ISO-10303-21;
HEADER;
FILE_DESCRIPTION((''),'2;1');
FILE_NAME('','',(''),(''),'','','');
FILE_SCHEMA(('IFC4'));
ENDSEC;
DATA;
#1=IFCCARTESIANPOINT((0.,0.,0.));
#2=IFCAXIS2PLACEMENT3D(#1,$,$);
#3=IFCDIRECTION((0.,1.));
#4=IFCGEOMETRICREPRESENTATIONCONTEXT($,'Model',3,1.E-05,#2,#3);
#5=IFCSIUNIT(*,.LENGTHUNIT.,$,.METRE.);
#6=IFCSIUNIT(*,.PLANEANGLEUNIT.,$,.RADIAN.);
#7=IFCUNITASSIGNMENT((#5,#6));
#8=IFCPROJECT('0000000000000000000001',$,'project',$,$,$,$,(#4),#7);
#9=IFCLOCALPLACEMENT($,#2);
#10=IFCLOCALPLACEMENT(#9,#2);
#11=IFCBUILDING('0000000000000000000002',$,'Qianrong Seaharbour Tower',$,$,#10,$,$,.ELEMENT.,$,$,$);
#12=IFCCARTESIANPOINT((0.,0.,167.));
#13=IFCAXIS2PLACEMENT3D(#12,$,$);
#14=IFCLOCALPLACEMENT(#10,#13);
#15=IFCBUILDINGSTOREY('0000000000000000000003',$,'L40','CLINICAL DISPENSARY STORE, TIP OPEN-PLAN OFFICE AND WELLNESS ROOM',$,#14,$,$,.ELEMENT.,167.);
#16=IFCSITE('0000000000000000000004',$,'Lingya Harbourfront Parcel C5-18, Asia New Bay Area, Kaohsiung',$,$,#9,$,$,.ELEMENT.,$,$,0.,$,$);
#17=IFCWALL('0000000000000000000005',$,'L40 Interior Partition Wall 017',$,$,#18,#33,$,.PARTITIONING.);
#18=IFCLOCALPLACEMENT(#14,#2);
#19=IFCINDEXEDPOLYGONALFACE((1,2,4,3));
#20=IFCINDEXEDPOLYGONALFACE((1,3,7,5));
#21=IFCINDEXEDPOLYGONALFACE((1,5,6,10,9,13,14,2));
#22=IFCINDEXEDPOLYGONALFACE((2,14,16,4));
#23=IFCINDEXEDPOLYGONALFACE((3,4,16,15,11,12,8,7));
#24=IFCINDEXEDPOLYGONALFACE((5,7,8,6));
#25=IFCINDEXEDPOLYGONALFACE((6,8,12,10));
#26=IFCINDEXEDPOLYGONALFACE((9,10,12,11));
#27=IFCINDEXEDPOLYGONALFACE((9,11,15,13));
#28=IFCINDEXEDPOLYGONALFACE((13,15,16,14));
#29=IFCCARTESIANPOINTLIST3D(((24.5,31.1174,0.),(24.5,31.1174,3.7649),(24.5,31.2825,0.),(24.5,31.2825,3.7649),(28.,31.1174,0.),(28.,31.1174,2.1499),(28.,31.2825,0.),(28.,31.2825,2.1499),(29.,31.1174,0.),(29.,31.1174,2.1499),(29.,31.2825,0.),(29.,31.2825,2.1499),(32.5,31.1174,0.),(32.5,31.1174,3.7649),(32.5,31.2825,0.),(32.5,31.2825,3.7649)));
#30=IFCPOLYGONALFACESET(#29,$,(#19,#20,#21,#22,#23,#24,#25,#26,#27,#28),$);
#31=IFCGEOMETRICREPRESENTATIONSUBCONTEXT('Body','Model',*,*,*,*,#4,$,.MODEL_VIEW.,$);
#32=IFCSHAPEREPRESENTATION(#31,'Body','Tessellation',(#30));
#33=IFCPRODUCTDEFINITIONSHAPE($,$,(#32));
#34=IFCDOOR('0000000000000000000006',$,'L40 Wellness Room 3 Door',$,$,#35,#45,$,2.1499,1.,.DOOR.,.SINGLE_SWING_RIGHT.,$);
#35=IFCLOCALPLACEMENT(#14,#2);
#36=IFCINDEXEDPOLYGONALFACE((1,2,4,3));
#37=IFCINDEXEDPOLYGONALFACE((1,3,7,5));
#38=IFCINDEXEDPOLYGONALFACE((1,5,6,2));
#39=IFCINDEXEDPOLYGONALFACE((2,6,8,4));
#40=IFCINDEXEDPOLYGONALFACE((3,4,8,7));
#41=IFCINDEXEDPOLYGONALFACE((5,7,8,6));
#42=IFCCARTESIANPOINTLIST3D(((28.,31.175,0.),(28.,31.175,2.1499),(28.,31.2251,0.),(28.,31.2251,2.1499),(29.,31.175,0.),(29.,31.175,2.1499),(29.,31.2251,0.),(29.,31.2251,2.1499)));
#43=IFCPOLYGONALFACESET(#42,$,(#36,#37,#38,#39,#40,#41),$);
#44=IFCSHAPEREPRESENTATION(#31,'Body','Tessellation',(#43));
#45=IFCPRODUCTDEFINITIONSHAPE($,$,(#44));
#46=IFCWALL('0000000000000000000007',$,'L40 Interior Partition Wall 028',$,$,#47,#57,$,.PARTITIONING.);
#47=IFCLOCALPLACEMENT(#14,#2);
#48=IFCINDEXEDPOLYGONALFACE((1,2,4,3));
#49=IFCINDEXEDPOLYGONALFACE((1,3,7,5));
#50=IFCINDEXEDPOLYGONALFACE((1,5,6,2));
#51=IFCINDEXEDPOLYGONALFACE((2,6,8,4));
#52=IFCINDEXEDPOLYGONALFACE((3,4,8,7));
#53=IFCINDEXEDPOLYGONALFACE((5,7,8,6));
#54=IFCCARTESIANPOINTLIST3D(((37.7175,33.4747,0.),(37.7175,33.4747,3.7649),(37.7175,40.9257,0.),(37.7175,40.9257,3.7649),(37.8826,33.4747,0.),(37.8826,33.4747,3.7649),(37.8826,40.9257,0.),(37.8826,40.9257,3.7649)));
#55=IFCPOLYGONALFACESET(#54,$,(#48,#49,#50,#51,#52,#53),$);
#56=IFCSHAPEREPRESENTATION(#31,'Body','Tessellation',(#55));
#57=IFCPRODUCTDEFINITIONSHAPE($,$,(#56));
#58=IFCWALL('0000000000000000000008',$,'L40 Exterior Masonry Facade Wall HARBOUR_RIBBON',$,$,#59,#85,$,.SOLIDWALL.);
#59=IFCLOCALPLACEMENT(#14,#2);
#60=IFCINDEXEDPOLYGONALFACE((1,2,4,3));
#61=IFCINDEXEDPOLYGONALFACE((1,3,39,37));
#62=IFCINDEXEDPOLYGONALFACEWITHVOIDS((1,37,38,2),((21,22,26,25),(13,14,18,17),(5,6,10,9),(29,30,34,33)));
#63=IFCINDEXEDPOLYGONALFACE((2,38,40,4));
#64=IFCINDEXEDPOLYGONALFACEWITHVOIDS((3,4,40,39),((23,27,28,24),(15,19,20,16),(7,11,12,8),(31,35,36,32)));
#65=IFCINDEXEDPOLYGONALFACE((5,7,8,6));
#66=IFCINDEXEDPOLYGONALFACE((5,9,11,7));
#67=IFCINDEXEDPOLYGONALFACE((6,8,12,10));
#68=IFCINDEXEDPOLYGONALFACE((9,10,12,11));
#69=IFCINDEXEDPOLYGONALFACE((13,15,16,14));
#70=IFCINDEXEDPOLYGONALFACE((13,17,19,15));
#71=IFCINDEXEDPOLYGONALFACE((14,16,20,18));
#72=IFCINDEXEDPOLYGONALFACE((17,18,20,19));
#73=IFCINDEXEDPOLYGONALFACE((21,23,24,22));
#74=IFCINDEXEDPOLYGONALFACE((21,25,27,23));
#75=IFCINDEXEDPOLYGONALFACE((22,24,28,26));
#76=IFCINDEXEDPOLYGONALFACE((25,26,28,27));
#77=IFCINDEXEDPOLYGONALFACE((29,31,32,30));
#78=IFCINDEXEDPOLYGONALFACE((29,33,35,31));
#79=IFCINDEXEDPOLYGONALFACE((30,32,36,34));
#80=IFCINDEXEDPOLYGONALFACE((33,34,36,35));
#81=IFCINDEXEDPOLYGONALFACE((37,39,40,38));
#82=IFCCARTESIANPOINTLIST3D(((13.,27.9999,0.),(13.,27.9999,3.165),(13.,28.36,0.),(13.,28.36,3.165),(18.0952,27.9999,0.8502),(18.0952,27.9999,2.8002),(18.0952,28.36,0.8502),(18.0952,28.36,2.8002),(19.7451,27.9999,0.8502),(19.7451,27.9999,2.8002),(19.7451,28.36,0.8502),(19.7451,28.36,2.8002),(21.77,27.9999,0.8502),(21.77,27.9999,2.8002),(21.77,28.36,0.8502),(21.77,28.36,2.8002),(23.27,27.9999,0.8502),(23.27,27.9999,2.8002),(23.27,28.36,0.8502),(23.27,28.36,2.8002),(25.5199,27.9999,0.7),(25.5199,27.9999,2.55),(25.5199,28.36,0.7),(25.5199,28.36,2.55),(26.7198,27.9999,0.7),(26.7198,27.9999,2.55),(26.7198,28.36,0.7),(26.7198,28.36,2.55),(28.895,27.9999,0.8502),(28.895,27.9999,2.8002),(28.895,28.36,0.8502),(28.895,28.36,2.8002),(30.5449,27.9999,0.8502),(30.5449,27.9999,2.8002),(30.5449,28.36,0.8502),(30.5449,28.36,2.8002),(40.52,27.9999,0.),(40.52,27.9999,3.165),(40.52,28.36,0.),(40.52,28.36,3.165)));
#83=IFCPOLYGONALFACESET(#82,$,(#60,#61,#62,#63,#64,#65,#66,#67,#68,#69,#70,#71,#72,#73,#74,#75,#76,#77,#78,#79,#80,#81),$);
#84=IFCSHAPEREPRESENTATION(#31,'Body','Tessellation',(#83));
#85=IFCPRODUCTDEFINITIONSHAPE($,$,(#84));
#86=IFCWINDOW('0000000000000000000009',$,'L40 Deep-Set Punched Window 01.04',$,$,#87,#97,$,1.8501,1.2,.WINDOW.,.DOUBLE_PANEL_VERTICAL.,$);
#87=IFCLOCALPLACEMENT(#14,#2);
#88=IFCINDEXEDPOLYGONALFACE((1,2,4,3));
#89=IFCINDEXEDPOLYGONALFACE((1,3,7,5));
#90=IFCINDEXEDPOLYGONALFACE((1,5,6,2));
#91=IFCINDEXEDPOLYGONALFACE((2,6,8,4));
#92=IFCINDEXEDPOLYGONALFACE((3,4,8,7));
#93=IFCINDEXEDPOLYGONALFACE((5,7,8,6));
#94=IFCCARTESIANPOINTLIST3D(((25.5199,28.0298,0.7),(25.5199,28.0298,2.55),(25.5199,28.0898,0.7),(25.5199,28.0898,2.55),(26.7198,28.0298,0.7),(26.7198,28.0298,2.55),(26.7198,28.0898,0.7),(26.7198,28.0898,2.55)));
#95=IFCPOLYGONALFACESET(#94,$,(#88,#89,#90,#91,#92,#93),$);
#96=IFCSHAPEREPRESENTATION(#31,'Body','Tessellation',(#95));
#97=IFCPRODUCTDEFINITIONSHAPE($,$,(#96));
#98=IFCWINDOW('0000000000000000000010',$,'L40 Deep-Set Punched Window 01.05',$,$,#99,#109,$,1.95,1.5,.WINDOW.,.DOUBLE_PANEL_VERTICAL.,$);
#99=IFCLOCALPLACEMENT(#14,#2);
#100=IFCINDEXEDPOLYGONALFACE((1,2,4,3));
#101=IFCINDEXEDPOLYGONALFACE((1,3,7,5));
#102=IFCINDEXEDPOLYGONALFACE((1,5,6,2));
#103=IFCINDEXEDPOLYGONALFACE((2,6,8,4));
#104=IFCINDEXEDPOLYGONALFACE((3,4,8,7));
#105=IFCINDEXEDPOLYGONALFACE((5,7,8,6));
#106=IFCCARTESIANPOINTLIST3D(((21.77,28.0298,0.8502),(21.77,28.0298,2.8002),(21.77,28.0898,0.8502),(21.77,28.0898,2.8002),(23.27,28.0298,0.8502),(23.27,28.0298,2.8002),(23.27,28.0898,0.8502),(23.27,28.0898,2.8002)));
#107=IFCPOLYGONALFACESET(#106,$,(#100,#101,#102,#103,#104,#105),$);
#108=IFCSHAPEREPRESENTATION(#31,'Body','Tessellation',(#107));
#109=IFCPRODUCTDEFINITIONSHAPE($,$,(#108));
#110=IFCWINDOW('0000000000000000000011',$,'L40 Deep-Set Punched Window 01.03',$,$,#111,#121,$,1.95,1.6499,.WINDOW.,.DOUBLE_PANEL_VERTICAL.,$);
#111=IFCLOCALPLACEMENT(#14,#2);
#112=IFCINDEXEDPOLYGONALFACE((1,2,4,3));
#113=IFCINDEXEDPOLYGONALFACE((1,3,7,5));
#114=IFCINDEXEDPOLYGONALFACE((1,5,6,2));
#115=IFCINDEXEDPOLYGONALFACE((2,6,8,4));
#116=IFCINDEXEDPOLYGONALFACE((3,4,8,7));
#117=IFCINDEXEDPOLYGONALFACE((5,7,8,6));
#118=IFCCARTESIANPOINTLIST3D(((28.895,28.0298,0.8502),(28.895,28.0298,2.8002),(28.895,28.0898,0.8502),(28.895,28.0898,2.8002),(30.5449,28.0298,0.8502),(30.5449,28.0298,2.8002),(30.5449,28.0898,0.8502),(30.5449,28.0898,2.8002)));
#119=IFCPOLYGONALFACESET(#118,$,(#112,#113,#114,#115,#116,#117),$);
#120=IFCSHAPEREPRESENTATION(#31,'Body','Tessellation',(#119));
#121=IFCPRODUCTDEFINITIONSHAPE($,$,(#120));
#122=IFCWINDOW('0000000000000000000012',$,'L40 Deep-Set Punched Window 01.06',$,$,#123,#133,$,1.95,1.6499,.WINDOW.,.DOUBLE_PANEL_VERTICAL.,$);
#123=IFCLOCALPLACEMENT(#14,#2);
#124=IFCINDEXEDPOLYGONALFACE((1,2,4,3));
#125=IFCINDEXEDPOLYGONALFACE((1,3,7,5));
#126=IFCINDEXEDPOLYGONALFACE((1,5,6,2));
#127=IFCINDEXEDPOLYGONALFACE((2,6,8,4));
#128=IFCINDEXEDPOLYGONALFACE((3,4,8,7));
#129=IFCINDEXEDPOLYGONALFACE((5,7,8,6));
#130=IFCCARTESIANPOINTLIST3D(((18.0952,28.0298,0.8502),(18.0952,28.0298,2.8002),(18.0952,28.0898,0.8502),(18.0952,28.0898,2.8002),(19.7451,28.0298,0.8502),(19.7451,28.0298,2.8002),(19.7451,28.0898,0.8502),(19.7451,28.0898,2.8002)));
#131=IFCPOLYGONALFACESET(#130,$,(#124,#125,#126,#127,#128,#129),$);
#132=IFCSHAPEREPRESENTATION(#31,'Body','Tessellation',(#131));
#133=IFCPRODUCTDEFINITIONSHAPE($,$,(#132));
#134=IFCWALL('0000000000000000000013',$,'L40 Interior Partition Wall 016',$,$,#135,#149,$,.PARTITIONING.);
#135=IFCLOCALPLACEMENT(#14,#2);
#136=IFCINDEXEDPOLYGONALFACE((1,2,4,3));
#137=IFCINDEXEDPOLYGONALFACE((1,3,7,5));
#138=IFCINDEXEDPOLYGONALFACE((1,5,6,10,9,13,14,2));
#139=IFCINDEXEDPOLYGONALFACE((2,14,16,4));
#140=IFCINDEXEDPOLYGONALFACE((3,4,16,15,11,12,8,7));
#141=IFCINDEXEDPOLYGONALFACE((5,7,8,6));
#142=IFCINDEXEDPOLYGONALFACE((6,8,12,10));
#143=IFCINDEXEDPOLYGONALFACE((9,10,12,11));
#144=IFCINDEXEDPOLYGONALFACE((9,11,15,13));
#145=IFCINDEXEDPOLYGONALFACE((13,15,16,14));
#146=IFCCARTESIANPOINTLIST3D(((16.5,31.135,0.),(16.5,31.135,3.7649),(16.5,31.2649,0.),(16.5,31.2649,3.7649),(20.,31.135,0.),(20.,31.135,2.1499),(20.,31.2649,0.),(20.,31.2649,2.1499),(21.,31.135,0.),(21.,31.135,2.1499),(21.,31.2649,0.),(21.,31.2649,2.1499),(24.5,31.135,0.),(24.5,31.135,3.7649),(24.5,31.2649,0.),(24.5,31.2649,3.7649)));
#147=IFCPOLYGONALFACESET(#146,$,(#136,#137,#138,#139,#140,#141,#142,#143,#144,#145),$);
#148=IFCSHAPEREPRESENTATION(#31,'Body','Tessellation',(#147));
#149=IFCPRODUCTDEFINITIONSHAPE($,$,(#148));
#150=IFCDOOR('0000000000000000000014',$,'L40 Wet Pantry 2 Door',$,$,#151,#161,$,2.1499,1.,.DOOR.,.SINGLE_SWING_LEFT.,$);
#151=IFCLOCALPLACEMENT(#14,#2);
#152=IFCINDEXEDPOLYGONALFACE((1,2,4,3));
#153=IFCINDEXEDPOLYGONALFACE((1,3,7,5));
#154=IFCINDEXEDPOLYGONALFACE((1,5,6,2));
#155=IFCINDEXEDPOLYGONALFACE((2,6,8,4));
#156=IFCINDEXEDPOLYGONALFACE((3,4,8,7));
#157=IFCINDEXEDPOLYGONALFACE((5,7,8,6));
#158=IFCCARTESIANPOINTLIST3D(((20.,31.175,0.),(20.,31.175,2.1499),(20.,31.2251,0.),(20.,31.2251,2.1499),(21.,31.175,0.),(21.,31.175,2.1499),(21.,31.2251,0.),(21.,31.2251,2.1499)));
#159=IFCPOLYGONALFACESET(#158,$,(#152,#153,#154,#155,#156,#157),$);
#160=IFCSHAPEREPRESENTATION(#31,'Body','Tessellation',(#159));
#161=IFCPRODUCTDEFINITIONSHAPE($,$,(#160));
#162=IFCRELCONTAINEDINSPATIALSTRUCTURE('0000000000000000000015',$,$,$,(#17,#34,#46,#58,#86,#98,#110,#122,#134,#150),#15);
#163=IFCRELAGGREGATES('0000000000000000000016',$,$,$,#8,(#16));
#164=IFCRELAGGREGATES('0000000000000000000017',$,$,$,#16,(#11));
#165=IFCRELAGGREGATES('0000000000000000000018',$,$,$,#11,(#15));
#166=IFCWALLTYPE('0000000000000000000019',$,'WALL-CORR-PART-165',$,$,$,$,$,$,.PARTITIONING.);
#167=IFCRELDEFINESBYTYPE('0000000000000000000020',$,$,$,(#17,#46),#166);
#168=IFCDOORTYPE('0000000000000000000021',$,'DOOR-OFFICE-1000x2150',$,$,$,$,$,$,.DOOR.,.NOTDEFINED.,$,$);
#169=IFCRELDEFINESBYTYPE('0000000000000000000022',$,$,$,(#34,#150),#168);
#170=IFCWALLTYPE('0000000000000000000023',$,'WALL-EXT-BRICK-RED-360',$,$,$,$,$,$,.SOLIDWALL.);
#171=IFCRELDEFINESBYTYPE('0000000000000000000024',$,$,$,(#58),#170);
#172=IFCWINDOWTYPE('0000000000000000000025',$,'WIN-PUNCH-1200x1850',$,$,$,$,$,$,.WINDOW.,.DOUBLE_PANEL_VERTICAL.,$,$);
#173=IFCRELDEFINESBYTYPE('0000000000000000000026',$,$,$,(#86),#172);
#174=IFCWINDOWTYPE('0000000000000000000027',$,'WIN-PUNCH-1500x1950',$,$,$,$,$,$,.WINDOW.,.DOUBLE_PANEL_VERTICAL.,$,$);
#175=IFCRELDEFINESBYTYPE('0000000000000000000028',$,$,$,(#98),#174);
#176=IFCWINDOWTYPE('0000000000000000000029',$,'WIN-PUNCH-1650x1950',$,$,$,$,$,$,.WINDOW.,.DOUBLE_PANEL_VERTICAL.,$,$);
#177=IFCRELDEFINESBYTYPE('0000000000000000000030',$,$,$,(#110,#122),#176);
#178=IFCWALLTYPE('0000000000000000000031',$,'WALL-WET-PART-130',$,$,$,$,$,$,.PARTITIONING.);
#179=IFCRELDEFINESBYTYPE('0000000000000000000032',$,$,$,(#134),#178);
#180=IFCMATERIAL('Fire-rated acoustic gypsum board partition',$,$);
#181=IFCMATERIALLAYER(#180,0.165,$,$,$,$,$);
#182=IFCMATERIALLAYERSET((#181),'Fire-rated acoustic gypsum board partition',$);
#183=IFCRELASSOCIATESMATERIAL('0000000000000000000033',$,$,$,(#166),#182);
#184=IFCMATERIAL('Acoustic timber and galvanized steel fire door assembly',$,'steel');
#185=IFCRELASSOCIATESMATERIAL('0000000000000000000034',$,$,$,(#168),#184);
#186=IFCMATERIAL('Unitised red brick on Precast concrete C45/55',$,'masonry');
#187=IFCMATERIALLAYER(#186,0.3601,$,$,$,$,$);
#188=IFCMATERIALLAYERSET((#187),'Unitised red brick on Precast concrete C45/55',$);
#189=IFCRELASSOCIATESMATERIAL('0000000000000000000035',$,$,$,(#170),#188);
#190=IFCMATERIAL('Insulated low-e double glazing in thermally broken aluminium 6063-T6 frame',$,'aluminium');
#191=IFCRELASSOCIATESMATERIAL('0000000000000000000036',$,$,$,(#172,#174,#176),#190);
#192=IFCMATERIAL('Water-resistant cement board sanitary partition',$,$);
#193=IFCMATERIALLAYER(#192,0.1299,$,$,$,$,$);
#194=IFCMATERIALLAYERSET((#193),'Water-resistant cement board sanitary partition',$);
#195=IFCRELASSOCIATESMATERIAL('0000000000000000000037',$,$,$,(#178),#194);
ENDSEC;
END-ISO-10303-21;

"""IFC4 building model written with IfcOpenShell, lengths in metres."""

from ifc_helpers import new_model, si_unit, direction, frame, frame_2d, origin, place, context, subcontext, project, spatial, rectangle, extrude, material, layer, layer_set, type_object, element, fill, save


model = new_model("IFC4")

# Units and contexts
model_context = context("Model", 3, precision=1e-05, world=origin(), true_north=direction((0.0, 1.0)))
body_context = subcontext(model_context, "Body", "Model", "MODEL_VIEW")
ifc_project = project(units=[si_unit("LENGTHUNIT", "METRE"), si_unit("PLANEANGLEUNIT", "RADIAN")], contexts=[model_context])

# Site, building, storey
site_placement = place(None, origin())
site = spatial("IfcSite", under=ifc_project, at=site_placement, Name="Lingya Harbourfront Parcel C5-18, Asia New Bay Area, Kaohsiung", CompositionType="ELEMENT", RefElevation=0.0)
building_placement = place(site_placement, origin())
building = spatial("IfcBuilding", under=site, at=building_placement, Name="Qianrong Seaharbour Tower", CompositionType="ELEMENT")
storey_placement = place(building_placement, frame((0.0, 0.0, 167.0)))
storey = spatial("IfcBuildingStorey", under=building, at=storey_placement, Name="L40", Description="CLINICAL DISPENSARY STORE, TIP OPEN-PLAN OFFICE AND WELLNESS ROOM", CompositionType="ELEMENT", Elevation=167.0)

# Wall, opening, door
ifc_material_1 = material(Name="Fire-rated acoustic gypsum board partition")
ifc_layer_1 = layer(ifc_material_1, 0.165)
ifc_layer_set_1 = layer_set([ifc_layer_1], Name="Fire-rated acoustic gypsum board partition")
wall_type_1 = type_object("IfcWallType", Name="WALL-CORR-PART-165", PredefinedType="PARTITIONING", material=ifc_layer_set_1)
ifc_material_2 = material(Name="Acoustic timber and galvanized steel fire door assembly", Category="steel")
door_type = type_object("IfcDoorType", Name="DOOR-OFFICE-1000x2150", OperationType="NOTDEFINED", PredefinedType="DOOR", material=ifc_material_2)
wall_1_placement = place(storey_placement, frame((32.5, 31.2, 0.0), z_axis=(0.0, 0.0, 1.0), x_axis=(-1.0, 0.0, 0.0)))
wall_1 = element("IfcWall", 1, at=wall_1_placement, inside=storey, type_object=wall_type_1, Name="L40 Interior Partition Wall 017", PredefinedType="PARTITIONING", context=body_context, shape_type="SweptSolid", body=[
    extrude(rectangle(XDim=8.0, YDim=0.165, at=frame_2d((4.0, 0.0))), origin(), (0.0, 0.0, 1.0), 3.7649),
])
opening_1_placement = place(wall_1_placement, frame((3.5, 0.0, 0.0)))
opening_1 = element("IfcOpeningElement", 2, at=opening_1_placement, cuts=wall_1, PredefinedType="OPENING", context=body_context, shape_type="SweptSolid", body=[
    extrude(rectangle(XDim=1.0, YDim=2.1499, at=frame_2d((0.5, 1.075))), frame((0.0, 0.0925, 0.0), z_axis=(0.0, -1.0, 0.0), x_axis=(1.0, 0.0, 0.0)), (0.0, 0.0, 1.0), 0.1851),
])
door_1_placement = place(opening_1_placement, origin())
door_1 = element("IfcDoor", 3, at=door_1_placement, inside=storey, type_object=door_type, Name="L40 Wellness Room 3 Door", OperationType="SINGLE_SWING_RIGHT", OverallHeight=2.1499, OverallWidth=1.0, PredefinedType="DOOR", context=body_context, shape_type="SweptSolid", body=[
    extrude(rectangle(XDim=1.0, YDim=2.1499, at=frame_2d((0.5, 1.075))), frame((0.0, 0.0249, 0.0), z_axis=(0.0, -1.0, 0.0), x_axis=(1.0, 0.0, 0.0)), (0.0, 0.0, 1.0), 0.05),
])
fill(opening_1, door_1)

# Wall
wall_2_placement = place(storey_placement, frame((37.8, 33.4746, 0.0), z_axis=(0.0, 0.0, 1.0), x_axis=(0.0, 1.0, 0.0)))
element("IfcWall", 4, at=wall_2_placement, inside=storey, type_object=wall_type_1, Name="L40 Interior Partition Wall 028", PredefinedType="PARTITIONING", context=body_context, shape_type="SweptSolid", body=[
    extrude(rectangle(XDim=7.4509, YDim=0.165, at=frame_2d((3.7256, 0.0))), origin(), (0.0, 0.0, 1.0), 3.7649),
])

# Wall, openings, windows
ifc_material_3 = material(Name="Unitised red brick on Precast concrete C45/55", Category="masonry")
ifc_layer_2 = layer(ifc_material_3, 0.3601)
ifc_layer_set_2 = layer_set([ifc_layer_2], Name="Unitised red brick on Precast concrete C45/55")
wall_type_2 = type_object("IfcWallType", Name="WALL-EXT-BRICK-RED-360", PredefinedType="SOLIDWALL", material=ifc_layer_set_2)
wall_3_placement = place(storey_placement, frame((40.52, 28.1799, 0.0), z_axis=(0.0, 0.0, 1.0), x_axis=(-1.0, 0.0, 0.0)))
wall_3 = element("IfcWall", 5, at=wall_3_placement, inside=storey, type_object=wall_type_2, Name="L40 Exterior Masonry Facade Wall HARBOUR_RIBBON", PredefinedType="SOLIDWALL", context=body_context, shape_type="SweptSolid", body=[
    extrude(rectangle(XDim=27.52, YDim=0.3601, at=frame_2d((13.76, 0.0))), origin(), (0.0, 0.0, 1.0), 3.165),
])
opening_2_placement = place(wall_3_placement, frame((9.9751, 0.0, 0.8501)))
opening_2 = element("IfcOpeningElement", 6, at=opening_2_placement, cuts=wall_3, PredefinedType="OPENING", context=body_context, shape_type="SweptSolid", body=[
    extrude(rectangle(XDim=1.6499, YDim=1.95, at=frame_2d((0.825, 0.9751))), frame((0.0, 0.1899, 0.0), z_axis=(0.0, -1.0, 0.0), x_axis=(1.0, 0.0, 0.0)), (0.0, 0.0, 1.0), 0.3801),
])
opening_3_placement = place(wall_3_placement, frame((13.8, 0.0, 0.7)))
opening_3 = element("IfcOpeningElement", 7, at=opening_3_placement, cuts=wall_3, PredefinedType="OPENING", context=body_context, shape_type="SweptSolid", body=[
    extrude(rectangle(XDim=1.2, YDim=1.8501, at=frame_2d((0.6001, 0.925))), frame((0.0, 0.1899, 0.0), z_axis=(0.0, -1.0, 0.0), x_axis=(1.0, 0.0, 0.0)), (0.0, 0.0, 1.0), 0.3801),
])
opening_4_placement = place(wall_3_placement, frame((17.25, 0.0, 0.8501)))
opening_4 = element("IfcOpeningElement", 8, at=opening_4_placement, cuts=wall_3, PredefinedType="OPENING", context=body_context, shape_type="SweptSolid", body=[
    extrude(rectangle(XDim=1.5, YDim=1.95, at=frame_2d((0.75, 0.9751))), frame((0.0, 0.1899, 0.0), z_axis=(0.0, -1.0, 0.0), x_axis=(1.0, 0.0, 0.0)), (0.0, 0.0, 1.0), 0.3801),
])
opening_5_placement = place(wall_3_placement, frame((20.7749, 0.0, 0.8501)))
opening_5 = element("IfcOpeningElement", 9, at=opening_5_placement, cuts=wall_3, PredefinedType="OPENING", context=body_context, shape_type="SweptSolid", body=[
    extrude(rectangle(XDim=1.6499, YDim=1.95, at=frame_2d((0.825, 0.9751))), frame((0.0, 0.1899, 0.0), z_axis=(0.0, -1.0, 0.0), x_axis=(1.0, 0.0, 0.0)), (0.0, 0.0, 1.0), 0.3801),
])
ifc_material_4 = material(Name="Insulated low-e double glazing in thermally broken aluminium 6063-T6 frame", Category="aluminium")
window_type_1 = type_object("IfcWindowType", Name="WIN-PUNCH-1200x1850", PartitioningType="DOUBLE_PANEL_VERTICAL", PredefinedType="WINDOW", material=ifc_material_4)
window_1_placement = place(opening_3_placement, origin())
window_1 = element("IfcWindow", 10, at=window_1_placement, inside=storey, type_object=window_type_1, Name="L40 Deep-Set Punched Window 01.04", OverallHeight=1.8501, OverallWidth=1.2, PartitioningType="DOUBLE_PANEL_VERTICAL", PredefinedType="WINDOW", context=body_context, shape_type="SweptSolid", body=[
    extrude(rectangle(XDim=1.2, YDim=1.8501, at=frame_2d((0.6001, 0.925))), frame((0.0, 0.1501, 0.0), z_axis=(0.0, -1.0, 0.0), x_axis=(1.0, 0.0, 0.0)), (0.0, 0.0, 1.0), 0.0601),
])
fill(opening_3, window_1)
window_type_2 = type_object("IfcWindowType", Name="WIN-PUNCH-1500x1950", PartitioningType="DOUBLE_PANEL_VERTICAL", PredefinedType="WINDOW", material=ifc_material_4)
window_2_placement = place(opening_4_placement, origin())
window_2 = element("IfcWindow", 11, at=window_2_placement, inside=storey, type_object=window_type_2, Name="L40 Deep-Set Punched Window 01.05", OverallHeight=1.95, OverallWidth=1.5, PartitioningType="DOUBLE_PANEL_VERTICAL", PredefinedType="WINDOW", context=body_context, shape_type="SweptSolid", body=[
    extrude(rectangle(XDim=1.5, YDim=1.95, at=frame_2d((0.75, 0.9751))), frame((0.0, 0.1501, 0.0), z_axis=(0.0, -1.0, 0.0), x_axis=(1.0, 0.0, 0.0)), (0.0, 0.0, 1.0), 0.0601),
])
fill(opening_4, window_2)
window_type_3 = type_object("IfcWindowType", Name="WIN-PUNCH-1650x1950", PartitioningType="DOUBLE_PANEL_VERTICAL", PredefinedType="WINDOW", material=ifc_material_4)
window_3_placement = place(opening_2_placement, origin())
window_3 = element("IfcWindow", 12, at=window_3_placement, inside=storey, type_object=window_type_3, Name="L40 Deep-Set Punched Window 01.03", OverallHeight=1.95, OverallWidth=1.6499, PartitioningType="DOUBLE_PANEL_VERTICAL", PredefinedType="WINDOW", context=body_context, shape_type="SweptSolid", body=[
    extrude(rectangle(XDim=1.6499, YDim=1.95, at=frame_2d((0.825, 0.9751))), frame((0.0, 0.1501, 0.0), z_axis=(0.0, -1.0, 0.0), x_axis=(1.0, 0.0, 0.0)), (0.0, 0.0, 1.0), 0.0601),
])
fill(opening_2, window_3)
window_4_placement = place(opening_5_placement, origin())
window_4 = element("IfcWindow", 13, at=window_4_placement, inside=storey, type_object=window_type_3, Name="L40 Deep-Set Punched Window 01.06", OverallHeight=1.95, OverallWidth=1.6499, PartitioningType="DOUBLE_PANEL_VERTICAL", PredefinedType="WINDOW", context=body_context, shape_type="SweptSolid", body=[
    extrude(rectangle(XDim=1.6499, YDim=1.95, at=frame_2d((0.825, 0.9751))), frame((0.0, 0.1501, 0.0), z_axis=(0.0, -1.0, 0.0), x_axis=(1.0, 0.0, 0.0)), (0.0, 0.0, 1.0), 0.0601),
])
fill(opening_5, window_4)

# Wall, opening, door
ifc_material_5 = material(Name="Water-resistant cement board sanitary partition")
ifc_layer_3 = layer(ifc_material_5, 0.1299)
ifc_layer_set_3 = layer_set([ifc_layer_3], Name="Water-resistant cement board sanitary partition")
wall_type_3 = type_object("IfcWallType", Name="WALL-WET-PART-130", PredefinedType="PARTITIONING", material=ifc_layer_set_3)
wall_4_placement = place(storey_placement, frame((24.5, 31.2, 0.0), z_axis=(0.0, 0.0, 1.0), x_axis=(-1.0, 0.0, 0.0)))
wall_4 = element("IfcWall", 14, at=wall_4_placement, inside=storey, type_object=wall_type_3, Name="L40 Interior Partition Wall 016", PredefinedType="PARTITIONING", context=body_context, shape_type="SweptSolid", body=[
    extrude(rectangle(XDim=8.0, YDim=0.1299, at=frame_2d((4.0, 0.0))), origin(), (0.0, 0.0, 1.0), 3.7649),
])
opening_6_placement = place(wall_4_placement, frame((3.5, 0.0, 0.0)))
opening_6 = element("IfcOpeningElement", 15, at=opening_6_placement, cuts=wall_4, PredefinedType="OPENING", context=body_context, shape_type="SweptSolid", body=[
    extrude(rectangle(XDim=1.0, YDim=2.1499, at=frame_2d((0.5, 1.075))), frame((0.0, 0.075, 0.0), z_axis=(0.0, -1.0, 0.0), x_axis=(1.0, 0.0, 0.0)), (0.0, 0.0, 1.0), 0.1499),
])
door_2_placement = place(opening_6_placement, origin())
door_2 = element("IfcDoor", 16, at=door_2_placement, inside=storey, type_object=door_type, Name="L40 Wet Pantry 2 Door", OperationType="SINGLE_SWING_LEFT", OverallHeight=2.1499, OverallWidth=1.0, PredefinedType="DOOR", context=body_context, shape_type="SweptSolid", body=[
    extrude(rectangle(XDim=1.0, YDim=2.1499, at=frame_2d((0.5, 1.075))), frame((0.0, 0.0249, 0.0), z_axis=(0.0, -1.0, 0.0), x_axis=(1.0, 0.0, 0.0)), (0.0, 0.0, 1.0), 0.05),
])
fill(opening_6, door_2)

save(model, "model.ifc")
